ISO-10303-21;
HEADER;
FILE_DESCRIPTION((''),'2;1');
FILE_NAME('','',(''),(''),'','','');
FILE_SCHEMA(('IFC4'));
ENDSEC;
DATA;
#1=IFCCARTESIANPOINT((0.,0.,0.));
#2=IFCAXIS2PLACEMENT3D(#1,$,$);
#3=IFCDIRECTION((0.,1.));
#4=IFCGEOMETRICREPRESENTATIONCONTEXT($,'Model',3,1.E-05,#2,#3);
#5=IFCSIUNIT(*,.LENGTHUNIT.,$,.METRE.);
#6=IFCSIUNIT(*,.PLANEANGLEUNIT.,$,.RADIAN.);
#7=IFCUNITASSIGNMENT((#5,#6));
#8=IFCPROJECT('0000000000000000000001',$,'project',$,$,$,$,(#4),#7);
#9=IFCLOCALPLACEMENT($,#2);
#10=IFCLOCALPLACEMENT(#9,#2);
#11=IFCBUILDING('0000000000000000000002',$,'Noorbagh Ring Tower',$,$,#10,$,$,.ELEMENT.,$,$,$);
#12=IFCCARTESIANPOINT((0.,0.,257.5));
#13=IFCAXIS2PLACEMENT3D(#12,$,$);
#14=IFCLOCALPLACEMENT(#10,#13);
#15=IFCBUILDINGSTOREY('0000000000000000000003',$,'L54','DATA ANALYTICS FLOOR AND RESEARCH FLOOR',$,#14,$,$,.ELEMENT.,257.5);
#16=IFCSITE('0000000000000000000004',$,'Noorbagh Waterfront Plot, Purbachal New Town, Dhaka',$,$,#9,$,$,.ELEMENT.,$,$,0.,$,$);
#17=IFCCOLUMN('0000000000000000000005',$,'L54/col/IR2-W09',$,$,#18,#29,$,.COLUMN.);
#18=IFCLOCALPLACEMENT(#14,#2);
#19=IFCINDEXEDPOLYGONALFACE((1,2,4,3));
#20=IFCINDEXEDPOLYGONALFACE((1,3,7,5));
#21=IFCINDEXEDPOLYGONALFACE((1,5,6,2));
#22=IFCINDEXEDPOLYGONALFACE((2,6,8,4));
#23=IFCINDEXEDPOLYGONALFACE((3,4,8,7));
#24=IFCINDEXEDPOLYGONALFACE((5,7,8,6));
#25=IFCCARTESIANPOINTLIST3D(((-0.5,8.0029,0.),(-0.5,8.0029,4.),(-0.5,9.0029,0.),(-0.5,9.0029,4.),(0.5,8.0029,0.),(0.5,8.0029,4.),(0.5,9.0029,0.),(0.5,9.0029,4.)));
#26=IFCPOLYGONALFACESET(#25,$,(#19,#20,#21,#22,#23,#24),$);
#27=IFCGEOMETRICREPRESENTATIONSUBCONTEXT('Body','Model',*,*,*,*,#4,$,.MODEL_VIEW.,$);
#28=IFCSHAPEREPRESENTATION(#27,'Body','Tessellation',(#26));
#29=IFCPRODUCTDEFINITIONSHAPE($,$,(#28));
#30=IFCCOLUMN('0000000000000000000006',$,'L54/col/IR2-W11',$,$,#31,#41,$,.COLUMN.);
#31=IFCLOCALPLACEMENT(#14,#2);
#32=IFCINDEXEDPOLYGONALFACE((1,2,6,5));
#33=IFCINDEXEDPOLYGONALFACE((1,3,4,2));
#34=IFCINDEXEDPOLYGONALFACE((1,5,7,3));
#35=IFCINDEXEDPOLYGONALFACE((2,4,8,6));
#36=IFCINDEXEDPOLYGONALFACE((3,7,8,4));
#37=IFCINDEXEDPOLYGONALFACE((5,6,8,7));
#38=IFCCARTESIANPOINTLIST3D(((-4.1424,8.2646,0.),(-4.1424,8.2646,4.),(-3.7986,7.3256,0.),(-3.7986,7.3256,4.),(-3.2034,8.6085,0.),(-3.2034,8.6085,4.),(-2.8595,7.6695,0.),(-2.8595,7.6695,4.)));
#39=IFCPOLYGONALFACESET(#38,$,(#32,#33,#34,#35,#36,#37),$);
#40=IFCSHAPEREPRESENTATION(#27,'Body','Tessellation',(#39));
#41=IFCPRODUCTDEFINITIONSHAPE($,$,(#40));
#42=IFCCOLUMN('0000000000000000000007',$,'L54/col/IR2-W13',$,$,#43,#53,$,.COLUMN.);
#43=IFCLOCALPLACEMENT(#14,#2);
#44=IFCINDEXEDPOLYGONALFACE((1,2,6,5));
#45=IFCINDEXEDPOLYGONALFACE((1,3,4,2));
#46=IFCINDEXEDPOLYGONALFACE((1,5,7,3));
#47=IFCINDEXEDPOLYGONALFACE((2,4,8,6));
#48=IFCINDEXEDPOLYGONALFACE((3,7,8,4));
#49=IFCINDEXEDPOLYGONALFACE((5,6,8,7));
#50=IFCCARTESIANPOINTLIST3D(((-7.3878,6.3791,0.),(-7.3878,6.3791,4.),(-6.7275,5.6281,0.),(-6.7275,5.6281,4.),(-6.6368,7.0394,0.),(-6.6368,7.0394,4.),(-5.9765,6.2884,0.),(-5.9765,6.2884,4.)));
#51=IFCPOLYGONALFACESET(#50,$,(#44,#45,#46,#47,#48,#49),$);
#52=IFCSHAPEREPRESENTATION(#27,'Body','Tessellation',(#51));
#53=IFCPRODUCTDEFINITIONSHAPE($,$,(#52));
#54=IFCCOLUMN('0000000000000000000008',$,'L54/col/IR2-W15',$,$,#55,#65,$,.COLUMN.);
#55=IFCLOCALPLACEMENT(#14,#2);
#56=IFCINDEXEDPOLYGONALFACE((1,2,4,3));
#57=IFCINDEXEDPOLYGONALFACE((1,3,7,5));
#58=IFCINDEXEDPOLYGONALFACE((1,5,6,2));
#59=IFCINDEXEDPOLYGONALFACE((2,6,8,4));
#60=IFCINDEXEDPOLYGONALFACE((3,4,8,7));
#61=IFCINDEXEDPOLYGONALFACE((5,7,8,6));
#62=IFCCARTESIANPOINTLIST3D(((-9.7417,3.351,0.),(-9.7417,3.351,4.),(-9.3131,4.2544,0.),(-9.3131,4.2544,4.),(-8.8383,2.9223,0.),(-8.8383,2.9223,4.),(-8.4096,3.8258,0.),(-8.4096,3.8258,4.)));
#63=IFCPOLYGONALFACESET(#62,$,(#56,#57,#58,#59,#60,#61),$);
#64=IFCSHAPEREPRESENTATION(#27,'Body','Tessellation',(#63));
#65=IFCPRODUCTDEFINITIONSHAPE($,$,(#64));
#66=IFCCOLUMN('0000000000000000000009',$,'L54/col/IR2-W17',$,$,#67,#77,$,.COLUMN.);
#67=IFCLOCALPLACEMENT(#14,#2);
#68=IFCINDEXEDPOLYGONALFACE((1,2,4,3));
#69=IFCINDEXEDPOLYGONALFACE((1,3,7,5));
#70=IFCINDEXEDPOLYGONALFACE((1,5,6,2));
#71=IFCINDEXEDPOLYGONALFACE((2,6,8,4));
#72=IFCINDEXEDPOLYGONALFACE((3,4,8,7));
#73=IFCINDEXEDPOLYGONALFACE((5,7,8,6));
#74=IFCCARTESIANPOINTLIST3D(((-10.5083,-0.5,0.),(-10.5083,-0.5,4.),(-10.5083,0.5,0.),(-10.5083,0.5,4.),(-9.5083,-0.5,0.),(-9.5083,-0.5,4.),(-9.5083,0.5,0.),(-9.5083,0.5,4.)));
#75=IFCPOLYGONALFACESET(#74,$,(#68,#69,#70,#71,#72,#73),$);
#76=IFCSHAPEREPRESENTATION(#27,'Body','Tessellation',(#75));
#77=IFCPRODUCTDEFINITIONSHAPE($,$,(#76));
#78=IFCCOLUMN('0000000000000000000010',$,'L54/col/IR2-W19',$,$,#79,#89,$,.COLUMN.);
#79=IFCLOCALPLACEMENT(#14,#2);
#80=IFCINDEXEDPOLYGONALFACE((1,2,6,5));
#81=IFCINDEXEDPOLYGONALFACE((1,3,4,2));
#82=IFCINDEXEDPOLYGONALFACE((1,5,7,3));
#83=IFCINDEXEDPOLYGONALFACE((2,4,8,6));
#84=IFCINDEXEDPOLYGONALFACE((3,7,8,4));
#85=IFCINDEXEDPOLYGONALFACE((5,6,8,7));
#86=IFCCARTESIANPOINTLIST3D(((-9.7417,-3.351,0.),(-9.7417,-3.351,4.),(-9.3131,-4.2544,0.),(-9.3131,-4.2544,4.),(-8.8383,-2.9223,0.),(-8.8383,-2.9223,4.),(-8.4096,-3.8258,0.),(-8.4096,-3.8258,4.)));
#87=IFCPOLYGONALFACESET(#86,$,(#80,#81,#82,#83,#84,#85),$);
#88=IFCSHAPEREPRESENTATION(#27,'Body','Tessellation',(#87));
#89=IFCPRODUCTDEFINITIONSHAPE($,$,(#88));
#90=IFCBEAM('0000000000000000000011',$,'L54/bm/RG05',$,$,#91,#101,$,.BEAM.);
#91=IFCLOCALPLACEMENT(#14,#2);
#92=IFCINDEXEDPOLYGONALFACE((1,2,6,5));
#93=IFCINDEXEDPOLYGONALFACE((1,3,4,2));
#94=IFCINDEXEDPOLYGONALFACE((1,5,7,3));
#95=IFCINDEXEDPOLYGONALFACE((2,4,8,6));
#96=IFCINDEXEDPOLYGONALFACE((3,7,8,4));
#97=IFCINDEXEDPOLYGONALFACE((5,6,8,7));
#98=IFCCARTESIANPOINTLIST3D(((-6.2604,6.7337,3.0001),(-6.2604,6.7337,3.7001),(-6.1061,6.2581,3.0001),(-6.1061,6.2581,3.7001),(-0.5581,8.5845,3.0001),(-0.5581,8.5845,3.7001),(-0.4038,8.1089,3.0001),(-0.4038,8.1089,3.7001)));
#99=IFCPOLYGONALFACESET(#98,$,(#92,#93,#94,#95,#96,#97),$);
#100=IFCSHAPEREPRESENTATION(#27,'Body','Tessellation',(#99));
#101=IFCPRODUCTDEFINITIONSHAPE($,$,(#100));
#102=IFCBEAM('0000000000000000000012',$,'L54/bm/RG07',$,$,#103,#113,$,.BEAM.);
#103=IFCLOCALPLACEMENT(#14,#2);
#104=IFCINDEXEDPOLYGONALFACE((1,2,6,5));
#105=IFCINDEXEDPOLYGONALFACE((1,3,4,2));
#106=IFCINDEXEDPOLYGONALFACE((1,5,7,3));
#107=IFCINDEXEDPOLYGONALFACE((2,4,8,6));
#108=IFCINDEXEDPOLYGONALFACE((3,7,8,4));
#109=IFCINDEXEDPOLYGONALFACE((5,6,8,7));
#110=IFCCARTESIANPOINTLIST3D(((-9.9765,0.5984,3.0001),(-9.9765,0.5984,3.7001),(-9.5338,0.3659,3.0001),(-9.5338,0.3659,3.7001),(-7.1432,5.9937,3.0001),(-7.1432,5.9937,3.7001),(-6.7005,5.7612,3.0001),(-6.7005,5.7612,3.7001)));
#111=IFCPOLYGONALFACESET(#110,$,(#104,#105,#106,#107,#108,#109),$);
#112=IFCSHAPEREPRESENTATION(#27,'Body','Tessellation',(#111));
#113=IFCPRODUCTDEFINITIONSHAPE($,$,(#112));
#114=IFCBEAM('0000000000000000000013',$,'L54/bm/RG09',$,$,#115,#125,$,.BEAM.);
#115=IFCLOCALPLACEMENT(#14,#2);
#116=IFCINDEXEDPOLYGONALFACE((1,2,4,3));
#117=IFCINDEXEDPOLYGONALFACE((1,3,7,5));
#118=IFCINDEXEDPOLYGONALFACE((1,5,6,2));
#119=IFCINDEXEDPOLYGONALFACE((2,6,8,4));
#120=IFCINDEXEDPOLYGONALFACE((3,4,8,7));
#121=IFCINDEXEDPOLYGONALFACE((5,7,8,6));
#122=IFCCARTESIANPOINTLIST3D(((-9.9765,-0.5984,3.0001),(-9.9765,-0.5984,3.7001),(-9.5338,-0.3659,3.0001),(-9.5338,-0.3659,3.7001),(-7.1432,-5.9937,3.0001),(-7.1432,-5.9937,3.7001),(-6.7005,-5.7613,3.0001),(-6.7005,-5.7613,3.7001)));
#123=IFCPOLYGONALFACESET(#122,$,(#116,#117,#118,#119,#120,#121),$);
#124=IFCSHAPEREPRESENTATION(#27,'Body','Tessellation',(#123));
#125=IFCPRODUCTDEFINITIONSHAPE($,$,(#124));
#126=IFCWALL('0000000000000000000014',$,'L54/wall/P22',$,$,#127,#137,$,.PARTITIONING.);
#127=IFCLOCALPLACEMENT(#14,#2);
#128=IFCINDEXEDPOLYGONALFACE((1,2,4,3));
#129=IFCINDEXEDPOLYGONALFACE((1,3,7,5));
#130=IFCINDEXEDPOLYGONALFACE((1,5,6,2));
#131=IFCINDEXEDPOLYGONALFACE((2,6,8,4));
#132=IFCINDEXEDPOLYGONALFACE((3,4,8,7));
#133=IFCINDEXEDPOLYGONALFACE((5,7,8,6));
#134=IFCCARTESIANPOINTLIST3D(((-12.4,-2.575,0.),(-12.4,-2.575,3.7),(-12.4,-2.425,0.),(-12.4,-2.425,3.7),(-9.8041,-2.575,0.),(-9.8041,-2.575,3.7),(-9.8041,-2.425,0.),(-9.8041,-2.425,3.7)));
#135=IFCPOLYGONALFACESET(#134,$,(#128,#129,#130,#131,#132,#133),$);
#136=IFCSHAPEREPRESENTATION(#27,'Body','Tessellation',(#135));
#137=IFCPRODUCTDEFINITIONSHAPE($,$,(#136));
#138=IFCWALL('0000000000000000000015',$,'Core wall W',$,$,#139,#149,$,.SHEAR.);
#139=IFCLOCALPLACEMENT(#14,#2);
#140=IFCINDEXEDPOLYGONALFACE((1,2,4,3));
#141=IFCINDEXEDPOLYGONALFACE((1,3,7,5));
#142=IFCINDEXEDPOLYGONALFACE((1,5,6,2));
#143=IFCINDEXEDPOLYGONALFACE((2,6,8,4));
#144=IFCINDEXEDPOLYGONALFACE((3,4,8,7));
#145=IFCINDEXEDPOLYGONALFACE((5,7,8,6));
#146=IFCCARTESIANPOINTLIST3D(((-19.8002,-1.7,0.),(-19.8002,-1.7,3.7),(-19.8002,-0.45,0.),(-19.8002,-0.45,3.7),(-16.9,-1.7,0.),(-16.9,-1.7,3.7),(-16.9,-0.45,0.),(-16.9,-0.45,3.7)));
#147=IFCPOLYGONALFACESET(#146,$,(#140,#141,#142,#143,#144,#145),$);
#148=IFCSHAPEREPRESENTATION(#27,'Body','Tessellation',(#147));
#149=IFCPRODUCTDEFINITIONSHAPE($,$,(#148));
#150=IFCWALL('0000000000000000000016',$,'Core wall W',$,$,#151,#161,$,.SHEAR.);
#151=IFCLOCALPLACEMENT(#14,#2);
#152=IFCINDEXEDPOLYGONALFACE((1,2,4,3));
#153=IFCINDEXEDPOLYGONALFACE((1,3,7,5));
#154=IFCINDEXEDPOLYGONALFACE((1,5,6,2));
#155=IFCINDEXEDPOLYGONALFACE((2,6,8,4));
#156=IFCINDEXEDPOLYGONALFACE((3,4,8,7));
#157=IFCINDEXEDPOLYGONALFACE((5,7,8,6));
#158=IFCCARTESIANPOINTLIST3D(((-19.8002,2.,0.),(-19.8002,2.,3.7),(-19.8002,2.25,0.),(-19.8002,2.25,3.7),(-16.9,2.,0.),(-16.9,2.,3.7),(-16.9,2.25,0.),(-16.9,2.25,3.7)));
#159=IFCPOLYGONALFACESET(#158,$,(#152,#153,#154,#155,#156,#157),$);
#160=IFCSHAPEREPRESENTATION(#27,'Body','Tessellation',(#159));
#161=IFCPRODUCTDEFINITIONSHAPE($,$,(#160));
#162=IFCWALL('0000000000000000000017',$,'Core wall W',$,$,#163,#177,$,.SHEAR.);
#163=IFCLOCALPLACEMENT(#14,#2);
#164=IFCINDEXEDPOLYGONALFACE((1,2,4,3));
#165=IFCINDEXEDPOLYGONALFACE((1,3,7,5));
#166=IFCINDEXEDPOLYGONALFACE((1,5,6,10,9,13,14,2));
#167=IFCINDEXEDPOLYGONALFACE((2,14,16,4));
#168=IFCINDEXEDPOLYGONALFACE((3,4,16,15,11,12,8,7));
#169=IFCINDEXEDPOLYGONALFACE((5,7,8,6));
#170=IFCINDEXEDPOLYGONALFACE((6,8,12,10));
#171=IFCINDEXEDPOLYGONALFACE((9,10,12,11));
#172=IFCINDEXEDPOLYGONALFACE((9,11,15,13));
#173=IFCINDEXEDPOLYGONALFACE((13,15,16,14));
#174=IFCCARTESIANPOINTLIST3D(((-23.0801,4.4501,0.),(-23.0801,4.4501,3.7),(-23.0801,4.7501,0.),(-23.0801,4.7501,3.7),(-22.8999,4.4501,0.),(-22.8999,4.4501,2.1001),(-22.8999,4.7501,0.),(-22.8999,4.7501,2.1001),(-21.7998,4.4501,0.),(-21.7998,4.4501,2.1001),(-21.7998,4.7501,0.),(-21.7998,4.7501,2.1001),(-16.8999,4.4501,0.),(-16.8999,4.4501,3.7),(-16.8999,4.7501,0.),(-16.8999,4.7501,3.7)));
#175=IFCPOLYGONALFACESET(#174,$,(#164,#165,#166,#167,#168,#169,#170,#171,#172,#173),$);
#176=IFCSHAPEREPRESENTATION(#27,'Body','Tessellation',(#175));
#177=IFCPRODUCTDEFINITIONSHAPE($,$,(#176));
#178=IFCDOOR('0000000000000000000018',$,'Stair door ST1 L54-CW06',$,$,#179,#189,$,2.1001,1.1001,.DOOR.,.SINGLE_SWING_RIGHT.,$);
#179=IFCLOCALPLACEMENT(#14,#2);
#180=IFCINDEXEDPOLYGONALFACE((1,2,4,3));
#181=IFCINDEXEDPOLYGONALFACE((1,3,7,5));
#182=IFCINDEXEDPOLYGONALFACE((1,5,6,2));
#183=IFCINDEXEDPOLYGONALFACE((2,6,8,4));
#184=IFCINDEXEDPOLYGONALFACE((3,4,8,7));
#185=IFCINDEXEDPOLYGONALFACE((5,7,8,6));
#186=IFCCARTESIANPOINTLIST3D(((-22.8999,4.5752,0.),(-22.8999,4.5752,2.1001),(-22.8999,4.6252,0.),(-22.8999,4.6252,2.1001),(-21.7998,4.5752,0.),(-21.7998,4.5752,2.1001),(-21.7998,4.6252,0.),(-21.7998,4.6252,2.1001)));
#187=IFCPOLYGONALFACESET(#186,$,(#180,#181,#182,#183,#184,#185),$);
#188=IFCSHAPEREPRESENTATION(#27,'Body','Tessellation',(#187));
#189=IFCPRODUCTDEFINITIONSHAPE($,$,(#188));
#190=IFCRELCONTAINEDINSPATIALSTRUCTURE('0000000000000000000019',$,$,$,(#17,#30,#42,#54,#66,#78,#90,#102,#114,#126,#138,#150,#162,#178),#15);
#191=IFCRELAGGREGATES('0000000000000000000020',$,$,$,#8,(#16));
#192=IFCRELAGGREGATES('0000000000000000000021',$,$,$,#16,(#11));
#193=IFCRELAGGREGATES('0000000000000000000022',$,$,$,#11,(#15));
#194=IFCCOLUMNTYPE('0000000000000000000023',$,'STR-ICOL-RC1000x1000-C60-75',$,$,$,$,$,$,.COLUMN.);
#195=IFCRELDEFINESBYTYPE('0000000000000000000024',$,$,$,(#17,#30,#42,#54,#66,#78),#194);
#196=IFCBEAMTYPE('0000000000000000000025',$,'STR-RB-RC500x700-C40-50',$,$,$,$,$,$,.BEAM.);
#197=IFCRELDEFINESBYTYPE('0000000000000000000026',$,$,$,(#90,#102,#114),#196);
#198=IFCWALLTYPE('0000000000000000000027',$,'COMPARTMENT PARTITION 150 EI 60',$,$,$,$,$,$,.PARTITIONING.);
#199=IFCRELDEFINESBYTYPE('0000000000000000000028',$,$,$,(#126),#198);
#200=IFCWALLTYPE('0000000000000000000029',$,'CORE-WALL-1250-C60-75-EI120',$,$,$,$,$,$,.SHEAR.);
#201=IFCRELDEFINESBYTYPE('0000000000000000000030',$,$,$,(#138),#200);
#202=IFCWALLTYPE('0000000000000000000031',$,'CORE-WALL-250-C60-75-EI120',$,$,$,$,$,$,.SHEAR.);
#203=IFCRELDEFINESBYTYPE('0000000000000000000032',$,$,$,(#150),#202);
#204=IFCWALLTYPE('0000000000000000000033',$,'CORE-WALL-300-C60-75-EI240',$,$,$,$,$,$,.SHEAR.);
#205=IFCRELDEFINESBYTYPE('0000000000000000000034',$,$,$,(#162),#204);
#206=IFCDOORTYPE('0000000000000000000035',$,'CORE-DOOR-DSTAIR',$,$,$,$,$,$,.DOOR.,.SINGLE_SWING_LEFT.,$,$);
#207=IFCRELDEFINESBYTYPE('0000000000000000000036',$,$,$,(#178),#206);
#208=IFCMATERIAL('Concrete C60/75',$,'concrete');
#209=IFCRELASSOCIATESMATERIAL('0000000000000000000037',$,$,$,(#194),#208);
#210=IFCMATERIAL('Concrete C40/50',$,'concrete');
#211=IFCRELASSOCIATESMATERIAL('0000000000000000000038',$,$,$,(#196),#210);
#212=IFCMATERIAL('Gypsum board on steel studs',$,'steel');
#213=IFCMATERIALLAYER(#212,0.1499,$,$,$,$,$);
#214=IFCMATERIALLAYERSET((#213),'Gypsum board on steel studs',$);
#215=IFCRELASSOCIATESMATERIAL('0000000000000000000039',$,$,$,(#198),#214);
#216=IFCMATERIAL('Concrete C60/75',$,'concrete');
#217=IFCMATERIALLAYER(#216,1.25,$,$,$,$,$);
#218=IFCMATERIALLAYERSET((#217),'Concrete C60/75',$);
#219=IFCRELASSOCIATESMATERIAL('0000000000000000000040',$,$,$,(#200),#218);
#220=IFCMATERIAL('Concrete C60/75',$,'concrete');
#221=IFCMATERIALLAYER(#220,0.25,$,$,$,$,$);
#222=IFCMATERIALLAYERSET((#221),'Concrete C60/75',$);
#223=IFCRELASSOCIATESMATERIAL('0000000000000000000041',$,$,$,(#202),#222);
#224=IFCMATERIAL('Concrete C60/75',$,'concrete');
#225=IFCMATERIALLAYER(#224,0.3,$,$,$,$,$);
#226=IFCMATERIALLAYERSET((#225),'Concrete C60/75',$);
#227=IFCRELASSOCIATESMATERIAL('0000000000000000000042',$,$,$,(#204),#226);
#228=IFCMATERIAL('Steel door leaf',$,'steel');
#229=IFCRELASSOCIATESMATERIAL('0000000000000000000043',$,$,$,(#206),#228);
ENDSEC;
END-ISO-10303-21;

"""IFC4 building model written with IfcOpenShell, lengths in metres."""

from ifc_helpers import new_model, si_unit, direction, frame, frame_2d, origin, origin_2d, place, context, subcontext, project, spatial, rectangle, extrude, material, layer, layer_set, material_profile, profile_set, type_object, element, fill, save


model = new_model("IFC4")

# Units and contexts
model_context = context("Model", 3, precision=1e-05, world=origin(), true_north=direction((0.0, 1.0)))
body_context = subcontext(model_context, "Body", "Model", "MODEL_VIEW")
ifc_project = project(units=[si_unit("LENGTHUNIT", "METRE"), si_unit("PLANEANGLEUNIT", "RADIAN")], contexts=[model_context])

# Site, building, storey
site_placement = place(None, origin())
site = spatial("IfcSite", under=ifc_project, at=site_placement, Name="Noorbagh Waterfront Plot, Purbachal New Town, Dhaka", CompositionType="ELEMENT", RefElevation=0.0)
building_placement = place(site_placement, origin())
building = spatial("IfcBuilding", under=site, at=building_placement, Name="Noorbagh Ring Tower", CompositionType="ELEMENT")
storey_placement = place(building_placement, frame((0.0, 0.0, 257.5)))
storey = spatial("IfcBuildingStorey", under=building, at=storey_placement, Name="L54", Description="DATA ANALYTICS FLOOR AND RESEARCH FLOOR", CompositionType="ELEMENT", Elevation=257.5)

# Columns
ifc_material_1 = material(Name="Concrete C60/75", Category="concrete")
ifc_material_profile_1 = material_profile(ifc_material_1, rectangle(XDim=1.0, YDim=1.0, at=origin_2d()), Name="RC1000x1000")
ifc_profile_set_1 = profile_set([ifc_material_profile_1], Name="Concrete C60/75")
column_type = type_object("IfcColumnType", Name="STR-ICOL-RC1000x1000-C60-75", PredefinedType="COLUMN", material=ifc_profile_set_1)
for number, where, z_axis, x_axis, name in (
    (1, (0.0, 8.5029, 0.0), (0.0, 0.0, 1.0), (-1.0, 0.0, 0.0), "L54/col/IR2-W09"),
    (2, (-3.501, 7.967, 0.0), (0.0, 0.0, 1.0), (-0.93902, -0.343864, 0.0), "L54/col/IR2-W11"),
    (3, (-6.6821, 6.3337, 0.0), (0.0, 0.0, 1.0), (-0.751022, -0.660277, 0.0), "L54/col/IR2-W13"),
    (4, (-9.0757, 3.5884, 0.0), (0.0, 0.0, 1.0), (-0.428667, -0.903463, 0.0), "L54/col/IR2-W15"),
    (5, (-10.0083, 0.0, 0.0), (0.0, 0.0, 1.0), (0.0, -1.0, 0.0), "L54/col/IR2-W17"),
    (6, (-9.0757, -3.5884, 0.0), (0.0, 0.0, 1.0), (0.428667, -0.903463, 0.0), "L54/col/IR2-W19"),
):
    element("IfcColumn", number, at=place(storey_placement, frame(where, z_axis=z_axis, x_axis=x_axis)), inside=storey, type_object=column_type, Name=name, PredefinedType="COLUMN", context=body_context, shape_type="SweptSolid", body=[
        extrude(rectangle(XDim=1.0, YDim=1.0, at=origin_2d()), origin(), (0.0, 0.0, 1.0), 4.0),
    ])

# Beams
ifc_material_2 = material(Name="Concrete C40/50", Category="concrete")
ifc_material_profile_2 = material_profile(ifc_material_2, rectangle(XDim=0.5, YDim=0.7, at=origin_2d()), Name="RC500x700")
ifc_profile_set_2 = profile_set([ifc_material_profile_2], Name="Concrete C40/50")
beam_type = type_object("IfcBeamType", Name="STR-RB-RC500x700-C40-50", PredefinedType="BEAM", material=ifc_profile_set_2)
beam_placement = place(storey_placement, frame((-0.481, 8.3467, 3.3501), z_axis=(-0.951154, -0.308717, 0.0), x_axis=(0.308717, -0.951154, 0.0)))
element("IfcBeam", 7, at=beam_placement, inside=storey, type_object=beam_type, Name="L54/bm/RG05", PredefinedType="BEAM", context=body_context, shape_type="SweptSolid", body=[
    extrude(rectangle(XDim=0.5, YDim=0.7, at=origin_2d()), origin(), (0.0, 0.0, 1.0), 5.9951),
])
for number, where, z_axis, x_axis, name in (
    (8, (-6.9219, 5.8774, 3.3501), (-0.464929, -0.885348, 0.0), (0.885348, -0.464929, 0.0), "L54/bm/RG07"),
    (9, (-9.7551, -0.4822, 3.3501), (0.464929, -0.885348, 0.0), (0.885348, 0.464929, 0.0), "L54/bm/RG09"),
):
    element("IfcBeam", number, at=place(storey_placement, frame(where, z_axis=z_axis, x_axis=x_axis)), inside=storey, type_object=beam_type, Name=name, PredefinedType="BEAM", context=body_context, shape_type="SweptSolid", body=[
        extrude(rectangle(XDim=0.5, YDim=0.7, at=origin_2d()), origin(), (0.0, 0.0, 1.0), 6.094),
    ])

# Walls
ifc_material_3 = material(Name="Gypsum board on steel studs", Category="steel")
ifc_layer_1 = layer(ifc_material_3, 0.1499)
ifc_layer_set_1 = layer_set([ifc_layer_1], Name="Gypsum board on steel studs")
wall_type_1 = type_object("IfcWallType", Name="COMPARTMENT PARTITION 150 EI 60", PredefinedType="PARTITIONING", material=ifc_layer_set_1)
wall_1_placement = place(storey_placement, frame((-12.3999, -2.5, 0.0), z_axis=(0.0, 0.0, 1.0), x_axis=(1.0, 0.0, 0.0)))
element("IfcWall", 10, at=wall_1_placement, inside=storey, type_object=wall_type_1, Name="L54/wall/P22", PredefinedType="PARTITIONING", context=body_context, shape_type="SweptSolid", body=[
    extrude(rectangle(XDim=2.5959, YDim=0.1499, at=frame_2d((1.2979, 0.0))), origin(), (0.0, 0.0, 1.0), 3.7),
])
ifc_material_4 = material(Name="Concrete C60/75", Category="concrete")
ifc_layer_2 = layer(ifc_material_4, 1.25)
ifc_layer_set_2 = layer_set([ifc_layer_2], Name="Concrete C60/75")
wall_type_2 = type_object("IfcWallType", Name="CORE-WALL-1250-C60-75-EI120", PredefinedType="SHEAR", material=ifc_layer_set_2)
wall_2_placement = place(storey_placement, frame((-16.8999, -1.075, 0.0), z_axis=(0.0, 0.0, 1.0), x_axis=(-1.0, 0.0, 0.0)))
element("IfcWall", 11, at=wall_2_placement, inside=storey, type_object=wall_type_2, Name="Core wall W", PredefinedType="SHEAR", context=body_context, shape_type="SweptSolid", body=[
    extrude(rectangle(XDim=2.9001, YDim=1.25, at=frame_2d((1.4502, 0.0))), origin(), (0.0, 0.0, 1.0), 3.7),
])
ifc_material_5 = material(Name="Concrete C60/75", Category="concrete")
ifc_layer_3 = layer(ifc_material_5, 0.25)
ifc_layer_set_3 = layer_set([ifc_layer_3], Name="Concrete C60/75")
wall_type_3 = type_object("IfcWallType", Name="CORE-WALL-250-C60-75-EI120", PredefinedType="SHEAR", material=ifc_layer_set_3)
wall_3_placement = place(storey_placement, frame((-16.8999, 2.125, 0.0), z_axis=(0.0, 0.0, 1.0), x_axis=(-1.0, 0.0, 0.0)))
element("IfcWall", 12, at=wall_3_placement, inside=storey, type_object=wall_type_3, Name="Core wall W", PredefinedType="SHEAR", context=body_context, shape_type="SweptSolid", body=[
    extrude(rectangle(XDim=2.9001, YDim=0.25, at=frame_2d((1.4502, 0.0))), origin(), (0.0, 0.0, 1.0), 3.7),
])

# Wall, opening, door
ifc_material_6 = material(Name="Concrete C60/75", Category="concrete")
ifc_layer_4 = layer(ifc_material_6, 0.3)
ifc_layer_set_4 = layer_set([ifc_layer_4], Name="Concrete C60/75")
wall_type_4 = type_object("IfcWallType", Name="CORE-WALL-300-C60-75-EI240", PredefinedType="SHEAR", material=ifc_layer_set_4)
wall_4_placement = place(storey_placement, frame((-16.8999, 4.6001, 0.0), z_axis=(0.0, 0.0, 1.0), x_axis=(-1.0, 0.0, 0.0)))
wall_4 = element("IfcWall", 13, at=wall_4_placement, inside=storey, type_object=wall_type_4, Name="Core wall W", PredefinedType="SHEAR", context=body_context, shape_type="SweptSolid", body=[
    extrude(rectangle(XDim=6.1802, YDim=0.3, at=frame_2d((3.0901, 0.0))), origin(), (0.0, 0.0, 1.0), 3.7),
])
opening_1_placement = place(wall_4_placement, frame((4.8999, 0.0, 0.0)))
opening_1 = element("IfcOpeningElement", 14, at=opening_1_placement, cuts=wall_4, PredefinedType="OPENING", context=body_context, shape_type="SweptSolid", body=[
    extrude(rectangle(XDim=1.1001, YDim=2.1001, at=frame_2d((0.55, 1.05))), frame((0.0, 0.1602, 0.0), z_axis=(0.0, -1.0, 0.0), x_axis=(1.0, 0.0, 0.0)), (0.0, 0.0, 1.0), 0.3201),
])
ifc_material_7 = material(Name="Steel door leaf", Category="steel")
door_type_1 = type_object("IfcDoorType", Name="CORE-DOOR-DSTAIR", OperationType="SINGLE_SWING_LEFT", PredefinedType="DOOR", material=ifc_material_7)
door_1_placement = place(opening_1_placement, origin())
door_1 = element("IfcDoor", 15, at=door_1_placement, inside=storey, type_object=door_type_1, Name="Stair door ST1 L54-CW06", OperationType="SINGLE_SWING_RIGHT", OverallHeight=2.1001, OverallWidth=1.1001, PredefinedType="DOOR", context=body_context, shape_type="SweptSolid", body=[
    extrude(rectangle(XDim=1.1001, YDim=2.1001, at=frame_2d((0.55, 1.05))), frame((0.0, 0.0249, 0.0), z_axis=(0.0, -1.0, 0.0), x_axis=(1.0, 0.0, 0.0)), (0.0, 0.0, 1.0), 0.05),
])
fill(opening_1, door_1)

save(model, "model.ifc")
